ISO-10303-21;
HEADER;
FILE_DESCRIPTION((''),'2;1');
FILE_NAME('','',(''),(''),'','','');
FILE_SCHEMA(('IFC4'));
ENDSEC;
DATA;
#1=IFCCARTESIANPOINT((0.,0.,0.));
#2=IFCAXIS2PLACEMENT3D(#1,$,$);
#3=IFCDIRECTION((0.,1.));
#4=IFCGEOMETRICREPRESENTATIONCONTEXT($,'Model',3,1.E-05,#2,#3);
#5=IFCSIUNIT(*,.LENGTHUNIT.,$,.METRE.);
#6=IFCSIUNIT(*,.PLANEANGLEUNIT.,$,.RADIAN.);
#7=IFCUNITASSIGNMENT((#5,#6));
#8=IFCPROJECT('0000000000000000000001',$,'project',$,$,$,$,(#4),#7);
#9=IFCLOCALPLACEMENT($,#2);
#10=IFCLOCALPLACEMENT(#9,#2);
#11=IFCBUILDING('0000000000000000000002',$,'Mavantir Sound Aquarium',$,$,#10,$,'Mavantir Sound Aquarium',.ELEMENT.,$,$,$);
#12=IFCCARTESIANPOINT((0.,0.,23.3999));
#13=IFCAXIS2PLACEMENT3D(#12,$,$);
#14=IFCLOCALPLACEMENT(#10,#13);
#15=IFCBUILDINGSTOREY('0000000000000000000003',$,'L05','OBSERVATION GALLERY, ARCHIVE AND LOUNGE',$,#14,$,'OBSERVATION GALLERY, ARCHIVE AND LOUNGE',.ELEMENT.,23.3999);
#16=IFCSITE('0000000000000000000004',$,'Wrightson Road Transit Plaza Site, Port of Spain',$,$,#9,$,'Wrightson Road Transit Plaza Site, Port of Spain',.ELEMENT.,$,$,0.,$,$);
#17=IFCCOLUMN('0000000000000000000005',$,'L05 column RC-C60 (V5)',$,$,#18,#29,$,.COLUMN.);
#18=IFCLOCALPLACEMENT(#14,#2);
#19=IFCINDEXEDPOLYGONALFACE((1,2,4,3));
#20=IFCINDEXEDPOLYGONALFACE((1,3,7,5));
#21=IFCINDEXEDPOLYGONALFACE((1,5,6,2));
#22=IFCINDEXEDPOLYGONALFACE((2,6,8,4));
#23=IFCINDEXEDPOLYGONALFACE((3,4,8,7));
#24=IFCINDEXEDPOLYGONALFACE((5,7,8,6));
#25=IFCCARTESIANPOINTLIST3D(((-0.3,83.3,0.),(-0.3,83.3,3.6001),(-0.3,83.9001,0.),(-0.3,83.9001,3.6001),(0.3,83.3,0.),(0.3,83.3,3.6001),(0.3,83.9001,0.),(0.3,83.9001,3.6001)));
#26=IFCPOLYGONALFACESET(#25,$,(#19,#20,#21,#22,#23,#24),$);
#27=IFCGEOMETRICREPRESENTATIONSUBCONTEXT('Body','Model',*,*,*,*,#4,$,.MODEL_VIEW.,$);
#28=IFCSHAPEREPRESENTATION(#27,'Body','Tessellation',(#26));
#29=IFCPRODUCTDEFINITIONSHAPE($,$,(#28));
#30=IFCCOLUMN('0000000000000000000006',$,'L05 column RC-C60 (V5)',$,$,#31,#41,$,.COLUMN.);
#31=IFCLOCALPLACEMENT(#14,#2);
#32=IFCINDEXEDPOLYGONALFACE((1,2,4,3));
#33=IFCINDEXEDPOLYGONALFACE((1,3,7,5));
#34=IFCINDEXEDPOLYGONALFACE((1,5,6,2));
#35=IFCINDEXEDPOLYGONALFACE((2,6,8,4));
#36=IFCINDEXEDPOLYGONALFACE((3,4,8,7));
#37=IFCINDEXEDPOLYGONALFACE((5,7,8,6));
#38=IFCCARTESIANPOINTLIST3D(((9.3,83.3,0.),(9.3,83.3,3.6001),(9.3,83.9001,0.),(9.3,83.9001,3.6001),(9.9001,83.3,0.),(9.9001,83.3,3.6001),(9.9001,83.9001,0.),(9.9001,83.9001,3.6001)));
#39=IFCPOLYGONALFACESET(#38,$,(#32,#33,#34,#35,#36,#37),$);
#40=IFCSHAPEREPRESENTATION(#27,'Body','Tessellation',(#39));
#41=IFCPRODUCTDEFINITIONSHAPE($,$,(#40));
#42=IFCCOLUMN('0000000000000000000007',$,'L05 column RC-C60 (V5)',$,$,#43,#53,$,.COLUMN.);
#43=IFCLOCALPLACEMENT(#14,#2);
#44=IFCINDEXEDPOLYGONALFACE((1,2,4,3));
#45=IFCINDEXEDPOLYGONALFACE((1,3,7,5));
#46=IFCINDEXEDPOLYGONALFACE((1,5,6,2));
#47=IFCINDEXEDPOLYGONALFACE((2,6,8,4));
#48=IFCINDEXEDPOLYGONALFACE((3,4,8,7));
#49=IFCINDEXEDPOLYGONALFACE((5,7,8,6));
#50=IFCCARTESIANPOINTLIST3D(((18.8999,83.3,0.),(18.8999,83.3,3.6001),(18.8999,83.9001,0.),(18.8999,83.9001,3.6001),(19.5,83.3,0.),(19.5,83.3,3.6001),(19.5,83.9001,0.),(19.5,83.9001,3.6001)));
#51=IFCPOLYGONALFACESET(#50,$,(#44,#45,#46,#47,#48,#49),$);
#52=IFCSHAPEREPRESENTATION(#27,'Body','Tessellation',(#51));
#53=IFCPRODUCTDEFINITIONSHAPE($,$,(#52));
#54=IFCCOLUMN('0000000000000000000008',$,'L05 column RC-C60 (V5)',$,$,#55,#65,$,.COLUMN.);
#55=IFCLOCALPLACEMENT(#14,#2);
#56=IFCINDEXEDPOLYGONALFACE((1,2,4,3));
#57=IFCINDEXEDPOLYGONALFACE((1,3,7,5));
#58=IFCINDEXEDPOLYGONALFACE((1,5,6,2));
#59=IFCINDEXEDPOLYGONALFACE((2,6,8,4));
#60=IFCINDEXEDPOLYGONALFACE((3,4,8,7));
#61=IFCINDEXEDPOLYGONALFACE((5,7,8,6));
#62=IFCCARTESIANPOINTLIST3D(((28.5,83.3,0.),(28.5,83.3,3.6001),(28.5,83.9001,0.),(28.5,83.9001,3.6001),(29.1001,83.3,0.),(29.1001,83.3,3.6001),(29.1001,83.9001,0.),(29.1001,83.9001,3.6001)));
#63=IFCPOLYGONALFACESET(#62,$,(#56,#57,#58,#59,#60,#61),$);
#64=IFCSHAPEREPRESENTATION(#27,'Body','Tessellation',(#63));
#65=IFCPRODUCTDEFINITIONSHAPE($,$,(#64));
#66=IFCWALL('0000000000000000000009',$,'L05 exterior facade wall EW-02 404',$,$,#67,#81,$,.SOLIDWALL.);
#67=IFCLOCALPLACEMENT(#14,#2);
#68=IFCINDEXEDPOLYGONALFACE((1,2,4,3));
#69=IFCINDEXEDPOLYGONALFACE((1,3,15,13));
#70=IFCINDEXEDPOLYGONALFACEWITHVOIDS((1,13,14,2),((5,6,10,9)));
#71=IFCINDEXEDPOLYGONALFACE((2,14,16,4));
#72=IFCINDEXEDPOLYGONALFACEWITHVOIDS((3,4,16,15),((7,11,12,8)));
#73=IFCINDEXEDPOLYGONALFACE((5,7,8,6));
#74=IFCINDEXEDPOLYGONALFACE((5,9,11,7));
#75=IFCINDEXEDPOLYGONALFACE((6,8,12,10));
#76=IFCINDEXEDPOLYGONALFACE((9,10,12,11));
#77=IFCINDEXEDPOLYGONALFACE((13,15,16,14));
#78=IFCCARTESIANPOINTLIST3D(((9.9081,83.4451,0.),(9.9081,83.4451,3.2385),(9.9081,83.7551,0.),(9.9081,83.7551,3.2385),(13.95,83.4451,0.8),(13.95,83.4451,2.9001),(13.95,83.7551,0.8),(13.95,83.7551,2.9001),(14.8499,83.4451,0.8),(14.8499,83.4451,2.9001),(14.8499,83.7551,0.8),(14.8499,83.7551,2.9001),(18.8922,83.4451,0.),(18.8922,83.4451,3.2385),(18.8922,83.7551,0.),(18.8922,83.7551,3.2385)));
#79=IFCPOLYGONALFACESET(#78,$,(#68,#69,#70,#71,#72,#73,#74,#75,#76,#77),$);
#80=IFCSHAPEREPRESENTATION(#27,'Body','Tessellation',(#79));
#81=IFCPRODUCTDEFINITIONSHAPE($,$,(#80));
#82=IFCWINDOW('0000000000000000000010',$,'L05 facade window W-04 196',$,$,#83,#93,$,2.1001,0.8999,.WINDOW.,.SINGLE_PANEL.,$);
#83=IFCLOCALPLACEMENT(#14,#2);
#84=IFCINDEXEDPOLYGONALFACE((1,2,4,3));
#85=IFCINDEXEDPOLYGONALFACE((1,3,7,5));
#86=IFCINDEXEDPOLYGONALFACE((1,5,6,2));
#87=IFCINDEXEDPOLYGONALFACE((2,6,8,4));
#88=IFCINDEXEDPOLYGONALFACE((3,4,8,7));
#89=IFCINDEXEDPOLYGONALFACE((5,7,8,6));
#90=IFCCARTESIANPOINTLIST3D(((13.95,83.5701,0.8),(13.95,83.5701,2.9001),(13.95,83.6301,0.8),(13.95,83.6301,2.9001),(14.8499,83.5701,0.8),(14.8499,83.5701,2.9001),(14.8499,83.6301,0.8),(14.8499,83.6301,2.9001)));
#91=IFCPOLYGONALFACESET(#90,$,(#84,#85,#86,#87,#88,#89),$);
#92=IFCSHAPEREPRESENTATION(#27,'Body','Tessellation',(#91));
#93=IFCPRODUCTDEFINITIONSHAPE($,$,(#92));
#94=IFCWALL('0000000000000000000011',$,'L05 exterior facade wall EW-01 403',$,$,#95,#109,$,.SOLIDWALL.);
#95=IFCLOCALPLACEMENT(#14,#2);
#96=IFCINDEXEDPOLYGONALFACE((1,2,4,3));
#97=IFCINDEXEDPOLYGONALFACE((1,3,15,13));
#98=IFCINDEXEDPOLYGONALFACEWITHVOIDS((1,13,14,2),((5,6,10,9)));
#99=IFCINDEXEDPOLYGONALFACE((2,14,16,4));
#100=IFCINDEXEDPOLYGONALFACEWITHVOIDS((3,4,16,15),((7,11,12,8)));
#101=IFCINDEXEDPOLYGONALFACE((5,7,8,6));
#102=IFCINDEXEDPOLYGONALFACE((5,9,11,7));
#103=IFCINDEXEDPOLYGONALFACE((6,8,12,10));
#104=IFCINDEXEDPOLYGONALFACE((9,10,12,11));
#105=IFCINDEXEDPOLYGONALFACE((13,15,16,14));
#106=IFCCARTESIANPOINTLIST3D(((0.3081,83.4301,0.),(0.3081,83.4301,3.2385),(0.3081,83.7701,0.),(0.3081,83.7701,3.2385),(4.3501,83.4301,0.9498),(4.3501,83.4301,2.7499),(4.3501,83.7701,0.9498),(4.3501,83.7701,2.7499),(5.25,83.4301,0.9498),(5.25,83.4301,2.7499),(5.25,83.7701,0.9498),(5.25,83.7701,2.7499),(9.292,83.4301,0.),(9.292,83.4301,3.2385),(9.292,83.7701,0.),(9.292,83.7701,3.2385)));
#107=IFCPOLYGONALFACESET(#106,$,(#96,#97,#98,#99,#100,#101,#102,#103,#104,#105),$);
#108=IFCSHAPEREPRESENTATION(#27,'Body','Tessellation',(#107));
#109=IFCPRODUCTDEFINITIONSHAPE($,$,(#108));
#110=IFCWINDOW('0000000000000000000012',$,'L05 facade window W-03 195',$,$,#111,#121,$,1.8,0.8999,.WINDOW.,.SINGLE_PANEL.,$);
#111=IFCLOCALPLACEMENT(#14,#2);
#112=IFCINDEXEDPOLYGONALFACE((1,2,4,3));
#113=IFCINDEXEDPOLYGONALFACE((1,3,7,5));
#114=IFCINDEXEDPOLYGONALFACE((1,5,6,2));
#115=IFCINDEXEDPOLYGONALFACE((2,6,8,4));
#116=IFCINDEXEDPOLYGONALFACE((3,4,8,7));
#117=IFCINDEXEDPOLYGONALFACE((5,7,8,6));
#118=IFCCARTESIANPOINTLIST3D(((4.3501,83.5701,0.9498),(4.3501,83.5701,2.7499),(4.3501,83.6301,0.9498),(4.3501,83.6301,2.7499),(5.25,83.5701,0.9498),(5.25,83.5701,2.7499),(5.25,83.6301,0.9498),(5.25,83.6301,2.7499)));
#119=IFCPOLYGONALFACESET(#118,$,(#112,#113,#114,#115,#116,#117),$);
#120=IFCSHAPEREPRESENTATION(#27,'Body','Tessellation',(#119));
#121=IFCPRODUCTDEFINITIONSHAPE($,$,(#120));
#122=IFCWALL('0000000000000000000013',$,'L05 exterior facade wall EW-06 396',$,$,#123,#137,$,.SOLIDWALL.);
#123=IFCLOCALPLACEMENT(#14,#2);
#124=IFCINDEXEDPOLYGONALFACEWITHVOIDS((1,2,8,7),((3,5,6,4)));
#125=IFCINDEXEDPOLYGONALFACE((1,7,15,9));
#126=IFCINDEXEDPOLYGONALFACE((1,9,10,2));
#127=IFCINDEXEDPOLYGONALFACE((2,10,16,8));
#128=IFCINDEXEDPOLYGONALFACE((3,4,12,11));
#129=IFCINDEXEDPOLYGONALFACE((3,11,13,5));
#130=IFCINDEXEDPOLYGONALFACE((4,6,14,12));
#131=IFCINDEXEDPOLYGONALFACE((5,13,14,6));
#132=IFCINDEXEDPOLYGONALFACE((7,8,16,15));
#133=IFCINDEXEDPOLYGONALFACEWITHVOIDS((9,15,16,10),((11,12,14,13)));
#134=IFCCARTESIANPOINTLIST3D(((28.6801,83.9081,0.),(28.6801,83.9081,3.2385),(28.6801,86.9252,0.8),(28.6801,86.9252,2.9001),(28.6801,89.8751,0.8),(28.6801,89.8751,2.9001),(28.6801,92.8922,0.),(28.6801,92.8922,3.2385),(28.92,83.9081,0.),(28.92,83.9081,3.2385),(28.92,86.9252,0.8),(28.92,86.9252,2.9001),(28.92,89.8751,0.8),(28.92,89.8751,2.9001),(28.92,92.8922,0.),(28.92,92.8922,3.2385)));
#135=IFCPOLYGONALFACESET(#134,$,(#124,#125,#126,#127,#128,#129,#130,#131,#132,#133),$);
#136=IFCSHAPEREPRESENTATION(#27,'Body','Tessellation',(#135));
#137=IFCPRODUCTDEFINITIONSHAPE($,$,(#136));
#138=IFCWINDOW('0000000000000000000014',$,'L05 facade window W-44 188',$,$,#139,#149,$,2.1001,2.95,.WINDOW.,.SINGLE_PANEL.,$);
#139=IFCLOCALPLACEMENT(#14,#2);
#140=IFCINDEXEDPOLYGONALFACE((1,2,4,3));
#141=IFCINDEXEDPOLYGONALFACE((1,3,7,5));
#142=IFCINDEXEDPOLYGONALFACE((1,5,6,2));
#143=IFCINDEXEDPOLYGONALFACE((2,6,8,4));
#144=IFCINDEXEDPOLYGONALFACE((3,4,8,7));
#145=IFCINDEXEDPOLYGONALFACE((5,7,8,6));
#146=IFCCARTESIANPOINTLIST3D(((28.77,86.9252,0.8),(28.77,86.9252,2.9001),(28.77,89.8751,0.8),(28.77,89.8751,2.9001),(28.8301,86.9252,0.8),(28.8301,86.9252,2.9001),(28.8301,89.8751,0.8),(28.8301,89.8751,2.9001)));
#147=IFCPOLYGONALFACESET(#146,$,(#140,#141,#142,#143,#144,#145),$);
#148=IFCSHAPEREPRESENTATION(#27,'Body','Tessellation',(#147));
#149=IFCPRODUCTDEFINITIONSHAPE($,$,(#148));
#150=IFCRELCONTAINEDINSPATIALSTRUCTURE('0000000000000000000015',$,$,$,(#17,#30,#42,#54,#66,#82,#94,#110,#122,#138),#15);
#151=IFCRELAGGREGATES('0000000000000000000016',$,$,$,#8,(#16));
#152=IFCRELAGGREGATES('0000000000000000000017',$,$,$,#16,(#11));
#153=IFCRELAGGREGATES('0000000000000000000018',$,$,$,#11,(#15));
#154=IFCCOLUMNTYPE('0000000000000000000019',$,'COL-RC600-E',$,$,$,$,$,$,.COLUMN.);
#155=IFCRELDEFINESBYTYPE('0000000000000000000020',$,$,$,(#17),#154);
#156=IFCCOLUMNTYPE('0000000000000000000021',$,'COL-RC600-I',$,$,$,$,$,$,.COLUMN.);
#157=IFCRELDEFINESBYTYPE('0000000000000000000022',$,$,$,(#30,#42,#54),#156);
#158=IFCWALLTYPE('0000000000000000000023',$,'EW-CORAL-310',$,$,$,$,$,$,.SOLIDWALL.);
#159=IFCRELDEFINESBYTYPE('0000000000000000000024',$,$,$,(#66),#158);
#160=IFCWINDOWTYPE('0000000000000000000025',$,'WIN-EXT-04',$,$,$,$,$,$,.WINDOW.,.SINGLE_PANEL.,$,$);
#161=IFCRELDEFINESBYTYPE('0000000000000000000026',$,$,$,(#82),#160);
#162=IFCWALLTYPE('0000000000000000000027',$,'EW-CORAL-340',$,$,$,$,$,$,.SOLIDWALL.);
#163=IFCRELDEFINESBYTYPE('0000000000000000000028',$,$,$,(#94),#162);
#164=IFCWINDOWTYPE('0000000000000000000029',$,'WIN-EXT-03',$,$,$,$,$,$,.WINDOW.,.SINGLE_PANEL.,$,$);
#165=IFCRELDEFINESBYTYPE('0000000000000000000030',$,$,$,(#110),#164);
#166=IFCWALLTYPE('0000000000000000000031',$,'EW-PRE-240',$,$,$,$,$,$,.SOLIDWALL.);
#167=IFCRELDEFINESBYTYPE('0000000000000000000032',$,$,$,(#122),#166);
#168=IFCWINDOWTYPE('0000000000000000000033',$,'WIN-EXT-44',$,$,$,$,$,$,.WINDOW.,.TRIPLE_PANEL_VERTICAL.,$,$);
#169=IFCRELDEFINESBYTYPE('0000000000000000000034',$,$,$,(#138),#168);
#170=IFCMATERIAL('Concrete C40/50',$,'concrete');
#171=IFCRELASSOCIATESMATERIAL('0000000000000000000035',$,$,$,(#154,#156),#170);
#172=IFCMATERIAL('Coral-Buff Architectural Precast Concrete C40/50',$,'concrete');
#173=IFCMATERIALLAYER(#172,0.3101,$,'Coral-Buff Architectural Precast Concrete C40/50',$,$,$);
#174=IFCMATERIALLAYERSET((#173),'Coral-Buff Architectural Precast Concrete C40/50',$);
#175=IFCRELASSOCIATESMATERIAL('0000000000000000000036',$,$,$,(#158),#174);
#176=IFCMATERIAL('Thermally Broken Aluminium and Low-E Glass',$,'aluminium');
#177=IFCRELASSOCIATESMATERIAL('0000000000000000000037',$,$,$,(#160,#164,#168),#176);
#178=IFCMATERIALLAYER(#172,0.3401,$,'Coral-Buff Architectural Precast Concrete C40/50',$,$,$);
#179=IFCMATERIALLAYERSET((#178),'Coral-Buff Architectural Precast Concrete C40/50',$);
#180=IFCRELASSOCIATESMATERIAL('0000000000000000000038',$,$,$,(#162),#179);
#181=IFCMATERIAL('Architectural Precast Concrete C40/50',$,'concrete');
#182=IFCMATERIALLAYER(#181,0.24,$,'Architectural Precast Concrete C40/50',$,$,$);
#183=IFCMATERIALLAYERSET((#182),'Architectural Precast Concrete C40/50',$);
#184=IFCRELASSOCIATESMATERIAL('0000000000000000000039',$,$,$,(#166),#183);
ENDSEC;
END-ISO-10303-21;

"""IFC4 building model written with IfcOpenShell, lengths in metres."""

from ifc_helpers import new_model, si_unit, direction, frame, frame_2d, origin, origin_2d, place, context, subcontext, project, spatial, rectangle, extrude, material, layer, layer_set, material_profile, profile_set, type_object, element, fill, save


model = new_model("IFC4")

# Units and contexts
model_context = context("Model", 3, precision=1e-05, world=origin(), true_north=direction((0.0, 1.0)))
body_context = subcontext(model_context, "Body", "Model", "MODEL_VIEW")
ifc_project = project(units=[si_unit("LENGTHUNIT", "METRE"), si_unit("PLANEANGLEUNIT", "RADIAN")], contexts=[model_context])

# Site, building, storey
site_placement = place(None, origin())
site = spatial("IfcSite", under=ifc_project, at=site_placement, Name="Wrightson Road Transit Plaza Site, Port of Spain", LongName="Wrightson Road Transit Plaza Site, Port of Spain", CompositionType="ELEMENT", RefElevation=0.0)
building_placement = place(site_placement, origin())
building = spatial("IfcBuilding", under=site, at=building_placement, Name="Mavantir Sound Aquarium", LongName="Mavantir Sound Aquarium", CompositionType="ELEMENT")
storey_placement = place(building_placement, frame((0.0, 0.0, 23.3999)))
storey = spatial("IfcBuildingStorey", under=building, at=storey_placement, Name="L05", Description="OBSERVATION GALLERY, ARCHIVE AND LOUNGE", LongName="OBSERVATION GALLERY, ARCHIVE AND LOUNGE", CompositionType="ELEMENT", Elevation=23.3999)

# Columns
ifc_material_1 = material(Name="Concrete C40/50", Category="concrete")
ifc_material_profile_1 = material_profile(ifc_material_1, rectangle(XDim=0.6001, YDim=0.6001, at=origin_2d()), Name="RC 600X600")
ifc_profile_set_1 = profile_set([ifc_material_profile_1], Name="Concrete C40/50")
column_type_1 = type_object("IfcColumnType", Name="COL-RC600-E", PredefinedType="COLUMN", material=ifc_profile_set_1)
column_placement = place(storey_placement, frame((0.0, 83.6001, 0.0), z_axis=(0.0, 0.0, 1.0), x_axis=(1.0, 0.0, 0.0)))
element("IfcColumn", 1, at=column_placement, inside=storey, type_object=column_type_1, Name="L05 column RC-C60 (V5)", PredefinedType="COLUMN", context=body_context, shape_type="SweptSolid", body=[
    extrude(rectangle(XDim=0.6001, YDim=0.6001, at=origin_2d()), origin(), (0.0, 0.0, 1.0), 3.6001),
])
ifc_material_profile_2 = material_profile(ifc_material_1, rectangle(XDim=0.6001, YDim=0.6001, at=origin_2d()), Name="RC 600X600")
ifc_profile_set_2 = profile_set([ifc_material_profile_2], Name="Concrete C40/50")
column_type_2 = type_object("IfcColumnType", Name="COL-RC600-I", PredefinedType="COLUMN", material=ifc_profile_set_2)
for number, where, z_axis, x_axis, name in (
    (2, (9.6001, 83.6001, 0.0), (0.0, 0.0, 1.0), (1.0, 0.0, 0.0), "L05 column RC-C60 (V5)"),
    (3, (19.2, 83.6001, 0.0), (0.0, 0.0, 1.0), (1.0, 0.0, 0.0), "L05 column RC-C60 (V5)"),
    (4, (28.8, 83.6001, 0.0), (0.0, 0.0, 1.0), (1.0, 0.0, 0.0), "L05 column RC-C60 (V5)"),
):
    element("IfcColumn", number, at=place(storey_placement, frame(where, z_axis=z_axis, x_axis=x_axis)), inside=storey, type_object=column_type_2, Name=name, PredefinedType="COLUMN", context=body_context, shape_type="SweptSolid", body=[
        extrude(rectangle(XDim=0.6001, YDim=0.6001, at=origin_2d()), origin(), (0.0, 0.0, 1.0), 3.6001),
    ])

# Walls, openings, windows
ifc_material_2 = material(Name="Coral-Buff Architectural Precast Concrete C40/50", Category="concrete")
ifc_layer_1 = layer(ifc_material_2, 0.3101, Name="Coral-Buff Architectural Precast Concrete C40/50")
ifc_layer_set_1 = layer_set([ifc_layer_1], Name="Coral-Buff Architectural Precast Concrete C40/50")
wall_type_1 = type_object("IfcWallType", Name="EW-CORAL-310", PredefinedType="SOLIDWALL", material=ifc_layer_set_1)
wall_1_placement = place(storey_placement, frame((9.908, 83.6001, 0.0), z_axis=(0.0, 0.0, 1.0), x_axis=(1.0, 0.0, 0.0)))
wall_1 = element("IfcWall", 5, at=wall_1_placement, inside=storey, type_object=wall_type_1, Name="L05 exterior facade wall EW-02 404", PredefinedType="SOLIDWALL", context=body_context, shape_type="SweptSolid", body=[
    extrude(rectangle(XDim=8.9841, YDim=0.3101, at=frame_2d((4.4922, 0.0))), origin(), (0.0, 0.0, 1.0), 3.2385),
])
opening_1_placement = place(wall_1_placement, frame((4.042, 0.0, 0.8)))
opening_1 = element("IfcOpeningElement", 6, at=opening_1_placement, cuts=wall_1, PredefinedType="OPENING", context=body_context, shape_type="SweptSolid", body=[
    extrude(rectangle(XDim=0.8999, YDim=2.1001, at=frame_2d((0.45, 1.05))), frame((0.0, 0.165, 0.0), z_axis=(0.0, -1.0, 0.0), x_axis=(1.0, 0.0, 0.0)), (0.0, 0.0, 1.0), 0.3301),
])
ifc_material_3 = material(Name="Thermally Broken Aluminium and Low-E Glass", Category="aluminium")
window_type_1 = type_object("IfcWindowType", Name="WIN-EXT-04", PartitioningType="SINGLE_PANEL", PredefinedType="WINDOW", material=ifc_material_3)
window_1_placement = place(opening_1_placement, origin())
window_1 = element("IfcWindow", 7, at=window_1_placement, inside=storey, type_object=window_type_1, Name="L05 facade window W-04 196", OverallHeight=2.1001, OverallWidth=0.8999, PartitioningType="SINGLE_PANEL", PredefinedType="WINDOW", context=body_context, shape_type="SweptSolid", body=[
    extrude(rectangle(XDim=0.8999, YDim=2.1001, at=frame_2d((0.45, 1.05))), frame((0.0, 0.03, 0.0), z_axis=(0.0, -1.0, 0.0), x_axis=(1.0, 0.0, 0.0)), (0.0, 0.0, 1.0), 0.0601),
])
fill(opening_1, window_1)
ifc_layer_2 = layer(ifc_material_2, 0.3401, Name="Coral-Buff Architectural Precast Concrete C40/50")
ifc_layer_set_2 = layer_set([ifc_layer_2], Name="Coral-Buff Architectural Precast Concrete C40/50")
wall_type_2 = type_object("IfcWallType", Name="EW-CORAL-340", PredefinedType="SOLIDWALL", material=ifc_layer_set_2)
wall_2_placement = place(storey_placement, frame((0.3081, 83.6001, 0.0), z_axis=(0.0, 0.0, 1.0), x_axis=(1.0, 0.0, 0.0)))
wall_2 = element("IfcWall", 8, at=wall_2_placement, inside=storey, type_object=wall_type_2, Name="L05 exterior facade wall EW-01 403", PredefinedType="SOLIDWALL", context=body_context, shape_type="SweptSolid", body=[
    extrude(rectangle(XDim=8.9839, YDim=0.3401, at=frame_2d((4.4919, 0.0))), origin(), (0.0, 0.0, 1.0), 3.2385),
])
opening_2_placement = place(wall_2_placement, frame((4.042, 0.0, 0.95)))
opening_2 = element("IfcOpeningElement", 9, at=opening_2_placement, cuts=wall_2, PredefinedType="OPENING", context=body_context, shape_type="SweptSolid", body=[
    extrude(rectangle(XDim=0.8999, YDim=1.8, at=frame_2d((0.45, 0.8999))), frame((0.0, 0.1802, 0.0), z_axis=(0.0, -1.0, 0.0), x_axis=(1.0, 0.0, 0.0)), (0.0, 0.0, 1.0), 0.3601),
])
window_type_2 = type_object("IfcWindowType", Name="WIN-EXT-03", PartitioningType="SINGLE_PANEL", PredefinedType="WINDOW", material=ifc_material_3)
window_2_placement = place(opening_2_placement, origin())
window_2 = element("IfcWindow", 10, at=window_2_placement, inside=storey, type_object=window_type_2, Name="L05 facade window W-03 195", OverallHeight=1.8, OverallWidth=0.8999, PartitioningType="SINGLE_PANEL", PredefinedType="WINDOW", context=body_context, shape_type="SweptSolid", body=[
    extrude(rectangle(XDim=0.8999, YDim=1.8, at=frame_2d((0.45, 0.8999))), frame((0.0, 0.03, 0.0), z_axis=(0.0, -1.0, 0.0), x_axis=(1.0, 0.0, 0.0)), (0.0, 0.0, 1.0), 0.0601),
])
fill(opening_2, window_2)
ifc_material_4 = material(Name="Architectural Precast Concrete C40/50", Category="concrete")
ifc_layer_3 = layer(ifc_material_4, 0.24, Name="Architectural Precast Concrete C40/50")
ifc_layer_set_3 = layer_set([ifc_layer_3], Name="Architectural Precast Concrete C40/50")
wall_type_3 = type_object("IfcWallType", Name="EW-PRE-240", PredefinedType="SOLIDWALL", material=ifc_layer_set_3)
wall_3_placement = place(storey_placement, frame((28.8, 83.908, 0.0), z_axis=(0.0, 0.0, 1.0), x_axis=(0.0, 1.0, 0.0)))
wall_3 = element("IfcWall", 11, at=wall_3_placement, inside=storey, type_object=wall_type_3, Name="L05 exterior facade wall EW-06 396", PredefinedType="SOLIDWALL", context=body_context, shape_type="SweptSolid", body=[
    extrude(rectangle(XDim=8.9841, YDim=0.24, at=frame_2d((4.4922, 0.0))), origin(), (0.0, 0.0, 1.0), 3.2385),
])
opening_3_placement = place(wall_3_placement, frame((3.0171, 0.0, 0.8)))
opening_3 = element("IfcOpeningElement", 12, at=opening_3_placement, cuts=wall_3, PredefinedType="OPENING", context=body_context, shape_type="SweptSolid", body=[
    extrude(rectangle(XDim=2.95, YDim=2.1001, at=frame_2d((1.4751, 1.05))), frame((0.0, 0.1299, 0.0), z_axis=(0.0, -1.0, 0.0), x_axis=(1.0, 0.0, 0.0)), (0.0, 0.0, 1.0), 0.26),
])
window_type_3 = type_object("IfcWindowType", Name="WIN-EXT-44", PartitioningType="TRIPLE_PANEL_VERTICAL", PredefinedType="WINDOW", material=ifc_material_3)
window_3_placement = place(opening_3_placement, origin())
window_3 = element("IfcWindow", 13, at=window_3_placement, inside=storey, type_object=window_type_3, Name="L05 facade window W-44 188", OverallHeight=2.1001, OverallWidth=2.95, PartitioningType="SINGLE_PANEL", PredefinedType="WINDOW", context=body_context, shape_type="SweptSolid", body=[
    extrude(rectangle(XDim=2.95, YDim=2.1001, at=frame_2d((1.4751, 1.05))), frame((0.0, 0.03, 0.0), z_axis=(0.0, -1.0, 0.0), x_axis=(1.0, 0.0, 0.0)), (0.0, 0.0, 1.0), 0.0601),
])
fill(opening_3, window_3)

save(model, "model.ifc")
